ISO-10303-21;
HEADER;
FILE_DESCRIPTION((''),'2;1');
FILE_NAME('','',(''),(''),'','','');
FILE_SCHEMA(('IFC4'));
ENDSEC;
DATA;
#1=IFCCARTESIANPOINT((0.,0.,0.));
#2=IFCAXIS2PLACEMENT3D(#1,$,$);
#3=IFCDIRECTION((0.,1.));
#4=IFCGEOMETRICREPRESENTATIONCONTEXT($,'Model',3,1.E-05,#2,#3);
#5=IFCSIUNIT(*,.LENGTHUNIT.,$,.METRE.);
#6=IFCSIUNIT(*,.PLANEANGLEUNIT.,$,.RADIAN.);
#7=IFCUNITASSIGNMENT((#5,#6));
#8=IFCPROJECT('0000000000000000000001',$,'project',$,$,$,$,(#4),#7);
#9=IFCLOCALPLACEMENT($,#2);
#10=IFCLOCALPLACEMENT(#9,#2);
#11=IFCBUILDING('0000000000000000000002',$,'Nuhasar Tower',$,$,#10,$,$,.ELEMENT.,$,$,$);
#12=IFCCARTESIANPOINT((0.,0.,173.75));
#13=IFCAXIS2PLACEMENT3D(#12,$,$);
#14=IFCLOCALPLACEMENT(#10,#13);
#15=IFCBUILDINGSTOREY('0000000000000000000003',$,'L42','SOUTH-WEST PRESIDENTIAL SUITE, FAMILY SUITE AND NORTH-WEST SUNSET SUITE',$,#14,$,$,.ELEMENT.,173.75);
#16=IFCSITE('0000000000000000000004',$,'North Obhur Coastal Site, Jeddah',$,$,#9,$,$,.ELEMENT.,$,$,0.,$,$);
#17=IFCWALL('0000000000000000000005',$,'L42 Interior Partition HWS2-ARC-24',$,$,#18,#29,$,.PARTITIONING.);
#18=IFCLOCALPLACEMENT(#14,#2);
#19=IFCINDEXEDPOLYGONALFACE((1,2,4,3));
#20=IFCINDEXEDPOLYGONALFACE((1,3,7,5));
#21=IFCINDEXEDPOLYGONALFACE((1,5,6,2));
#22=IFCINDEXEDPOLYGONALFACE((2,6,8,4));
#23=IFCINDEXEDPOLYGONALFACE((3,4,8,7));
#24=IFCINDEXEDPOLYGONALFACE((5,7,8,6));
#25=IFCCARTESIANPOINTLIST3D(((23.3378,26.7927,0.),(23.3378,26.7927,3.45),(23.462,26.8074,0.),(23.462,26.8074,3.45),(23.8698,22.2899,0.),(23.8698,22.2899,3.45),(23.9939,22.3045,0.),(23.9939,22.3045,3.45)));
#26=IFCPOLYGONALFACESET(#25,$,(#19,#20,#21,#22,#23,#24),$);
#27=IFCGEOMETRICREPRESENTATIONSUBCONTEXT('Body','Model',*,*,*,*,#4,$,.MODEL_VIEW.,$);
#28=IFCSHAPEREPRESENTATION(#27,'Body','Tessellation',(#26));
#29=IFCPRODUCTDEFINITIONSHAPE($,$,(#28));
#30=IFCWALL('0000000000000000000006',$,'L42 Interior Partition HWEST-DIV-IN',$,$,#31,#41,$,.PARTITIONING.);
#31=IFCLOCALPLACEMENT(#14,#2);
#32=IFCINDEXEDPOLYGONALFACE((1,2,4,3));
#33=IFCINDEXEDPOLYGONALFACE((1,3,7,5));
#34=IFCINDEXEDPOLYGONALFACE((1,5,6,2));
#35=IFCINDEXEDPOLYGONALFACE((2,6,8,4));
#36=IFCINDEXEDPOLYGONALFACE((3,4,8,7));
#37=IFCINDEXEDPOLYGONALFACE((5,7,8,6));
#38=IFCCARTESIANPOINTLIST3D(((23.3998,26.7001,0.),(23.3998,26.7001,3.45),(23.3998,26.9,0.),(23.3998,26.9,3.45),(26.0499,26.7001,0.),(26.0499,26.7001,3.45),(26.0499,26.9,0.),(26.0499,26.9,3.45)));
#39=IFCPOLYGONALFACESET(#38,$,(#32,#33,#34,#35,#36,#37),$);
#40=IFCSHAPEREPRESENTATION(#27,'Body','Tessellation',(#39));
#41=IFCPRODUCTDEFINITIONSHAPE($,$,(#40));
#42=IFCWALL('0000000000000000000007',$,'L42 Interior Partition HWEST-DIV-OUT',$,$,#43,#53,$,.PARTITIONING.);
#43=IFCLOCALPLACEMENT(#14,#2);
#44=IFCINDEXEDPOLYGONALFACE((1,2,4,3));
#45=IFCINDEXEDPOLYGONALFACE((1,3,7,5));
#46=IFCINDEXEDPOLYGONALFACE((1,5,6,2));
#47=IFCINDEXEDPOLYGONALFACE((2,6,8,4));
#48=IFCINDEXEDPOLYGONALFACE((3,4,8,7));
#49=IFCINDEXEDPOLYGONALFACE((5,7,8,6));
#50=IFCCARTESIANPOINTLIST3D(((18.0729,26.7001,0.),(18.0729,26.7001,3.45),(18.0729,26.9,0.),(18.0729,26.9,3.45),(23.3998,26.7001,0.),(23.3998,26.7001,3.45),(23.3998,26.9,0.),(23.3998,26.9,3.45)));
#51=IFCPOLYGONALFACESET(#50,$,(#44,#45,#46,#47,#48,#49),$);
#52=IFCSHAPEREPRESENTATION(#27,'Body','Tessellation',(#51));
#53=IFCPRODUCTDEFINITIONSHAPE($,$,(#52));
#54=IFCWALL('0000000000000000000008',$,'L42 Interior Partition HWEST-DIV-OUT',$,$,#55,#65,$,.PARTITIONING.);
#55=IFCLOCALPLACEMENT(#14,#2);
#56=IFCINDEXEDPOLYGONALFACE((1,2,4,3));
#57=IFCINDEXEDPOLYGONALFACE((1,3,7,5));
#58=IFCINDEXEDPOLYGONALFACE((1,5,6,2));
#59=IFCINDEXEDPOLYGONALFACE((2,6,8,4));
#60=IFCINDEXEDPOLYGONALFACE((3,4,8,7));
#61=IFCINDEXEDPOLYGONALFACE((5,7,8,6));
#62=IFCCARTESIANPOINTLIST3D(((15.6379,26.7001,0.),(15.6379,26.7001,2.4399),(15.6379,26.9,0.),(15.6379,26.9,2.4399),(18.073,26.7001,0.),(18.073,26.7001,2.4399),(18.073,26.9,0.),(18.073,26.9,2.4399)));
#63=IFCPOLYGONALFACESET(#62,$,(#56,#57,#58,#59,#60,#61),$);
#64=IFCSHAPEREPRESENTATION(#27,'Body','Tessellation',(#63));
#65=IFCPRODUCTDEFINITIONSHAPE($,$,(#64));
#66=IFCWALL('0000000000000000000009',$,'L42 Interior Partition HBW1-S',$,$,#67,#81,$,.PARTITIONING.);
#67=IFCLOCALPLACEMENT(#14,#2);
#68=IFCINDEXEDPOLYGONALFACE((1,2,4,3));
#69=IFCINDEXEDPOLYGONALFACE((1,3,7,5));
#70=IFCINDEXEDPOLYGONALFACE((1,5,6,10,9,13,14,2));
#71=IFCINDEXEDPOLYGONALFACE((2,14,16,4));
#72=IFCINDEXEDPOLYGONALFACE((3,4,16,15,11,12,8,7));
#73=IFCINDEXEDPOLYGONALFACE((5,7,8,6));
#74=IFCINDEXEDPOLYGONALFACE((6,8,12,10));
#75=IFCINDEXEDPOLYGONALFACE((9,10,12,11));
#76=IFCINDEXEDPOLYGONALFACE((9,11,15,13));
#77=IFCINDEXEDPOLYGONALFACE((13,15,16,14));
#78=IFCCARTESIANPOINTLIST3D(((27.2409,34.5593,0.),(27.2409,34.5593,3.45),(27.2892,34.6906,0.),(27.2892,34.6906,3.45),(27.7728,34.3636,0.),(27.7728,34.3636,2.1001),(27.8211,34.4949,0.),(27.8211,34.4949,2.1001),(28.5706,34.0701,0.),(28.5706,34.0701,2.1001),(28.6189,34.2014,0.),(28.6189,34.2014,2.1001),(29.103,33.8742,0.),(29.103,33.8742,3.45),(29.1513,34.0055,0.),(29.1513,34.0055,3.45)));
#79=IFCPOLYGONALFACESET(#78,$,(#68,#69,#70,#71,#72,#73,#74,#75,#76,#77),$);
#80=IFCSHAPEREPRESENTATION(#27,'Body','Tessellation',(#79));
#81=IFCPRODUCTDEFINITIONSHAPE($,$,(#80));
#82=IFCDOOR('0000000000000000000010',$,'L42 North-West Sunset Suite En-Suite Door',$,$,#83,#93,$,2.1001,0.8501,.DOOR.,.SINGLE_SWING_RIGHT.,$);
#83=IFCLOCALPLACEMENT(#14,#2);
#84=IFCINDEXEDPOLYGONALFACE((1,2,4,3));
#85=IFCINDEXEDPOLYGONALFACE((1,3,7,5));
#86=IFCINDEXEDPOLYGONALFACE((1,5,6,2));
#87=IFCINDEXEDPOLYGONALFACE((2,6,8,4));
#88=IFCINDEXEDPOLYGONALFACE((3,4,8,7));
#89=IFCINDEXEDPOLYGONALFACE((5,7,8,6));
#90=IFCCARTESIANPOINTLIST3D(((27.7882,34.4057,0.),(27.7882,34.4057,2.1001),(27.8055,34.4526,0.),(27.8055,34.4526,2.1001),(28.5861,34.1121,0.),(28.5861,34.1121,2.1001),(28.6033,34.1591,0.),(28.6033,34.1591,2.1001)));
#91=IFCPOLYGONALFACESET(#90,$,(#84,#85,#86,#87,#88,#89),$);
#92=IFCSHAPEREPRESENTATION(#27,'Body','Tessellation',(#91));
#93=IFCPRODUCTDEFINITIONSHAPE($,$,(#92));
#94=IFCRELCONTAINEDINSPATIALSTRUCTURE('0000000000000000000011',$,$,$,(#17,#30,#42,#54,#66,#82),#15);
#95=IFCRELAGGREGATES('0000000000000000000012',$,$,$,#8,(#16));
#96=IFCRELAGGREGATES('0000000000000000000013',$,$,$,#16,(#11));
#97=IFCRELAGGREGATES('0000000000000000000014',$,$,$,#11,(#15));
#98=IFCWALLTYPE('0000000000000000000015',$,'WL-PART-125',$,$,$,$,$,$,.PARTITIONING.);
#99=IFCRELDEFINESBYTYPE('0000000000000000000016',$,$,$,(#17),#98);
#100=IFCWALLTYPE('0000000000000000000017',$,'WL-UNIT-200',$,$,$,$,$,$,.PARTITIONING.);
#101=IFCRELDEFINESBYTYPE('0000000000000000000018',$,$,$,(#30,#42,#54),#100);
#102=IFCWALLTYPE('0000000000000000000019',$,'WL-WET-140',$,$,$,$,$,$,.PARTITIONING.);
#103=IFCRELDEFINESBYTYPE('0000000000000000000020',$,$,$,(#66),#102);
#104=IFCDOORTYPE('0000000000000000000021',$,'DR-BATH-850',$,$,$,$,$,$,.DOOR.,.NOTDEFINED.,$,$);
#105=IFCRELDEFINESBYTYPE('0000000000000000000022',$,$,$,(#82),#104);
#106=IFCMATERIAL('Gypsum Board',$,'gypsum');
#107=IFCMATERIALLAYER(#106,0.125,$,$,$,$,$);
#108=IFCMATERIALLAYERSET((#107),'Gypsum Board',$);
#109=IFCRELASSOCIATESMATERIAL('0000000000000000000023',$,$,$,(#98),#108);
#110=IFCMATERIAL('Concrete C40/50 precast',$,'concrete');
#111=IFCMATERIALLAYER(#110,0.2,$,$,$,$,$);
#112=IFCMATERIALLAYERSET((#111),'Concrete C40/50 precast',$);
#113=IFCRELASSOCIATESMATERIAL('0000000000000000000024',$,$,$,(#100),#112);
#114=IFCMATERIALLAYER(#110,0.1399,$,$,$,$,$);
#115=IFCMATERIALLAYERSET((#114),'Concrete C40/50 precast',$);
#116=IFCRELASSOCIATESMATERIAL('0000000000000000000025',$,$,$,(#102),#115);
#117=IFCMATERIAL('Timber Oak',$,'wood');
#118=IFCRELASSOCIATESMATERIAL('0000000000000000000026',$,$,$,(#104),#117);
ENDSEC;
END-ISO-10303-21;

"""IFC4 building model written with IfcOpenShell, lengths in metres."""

from ifc_helpers import new_model, si_unit, direction, frame, frame_2d, origin, place, context, subcontext, project, spatial, rectangle, extrude, material, layer, layer_set, type_object, element, fill, save


model = new_model("IFC4")

# Units and contexts
model_context = context("Model", 3, precision=1e-05, world=origin(), true_north=direction((0.0, 1.0)))
body_context = subcontext(model_context, "Body", "Model", "MODEL_VIEW")
ifc_project = project(units=[si_unit("LENGTHUNIT", "METRE"), si_unit("PLANEANGLEUNIT", "RADIAN")], contexts=[model_context])

# Site, building, storey
site_placement = place(None, origin())
site = spatial("IfcSite", under=ifc_project, at=site_placement, Name="North Obhur Coastal Site, Jeddah", CompositionType="ELEMENT", RefElevation=0.0)
building_placement = place(site_placement, origin())
building = spatial("IfcBuilding", under=site, at=building_placement, Name="Nuhasar Tower", CompositionType="ELEMENT")
storey_placement = place(building_placement, frame((0.0, 0.0, 173.75)))
storey = spatial("IfcBuildingStorey", under=building, at=storey_placement, Name="L42", Description="SOUTH-WEST PRESIDENTIAL SUITE, FAMILY SUITE AND NORTH-WEST SUNSET SUITE", CompositionType="ELEMENT", Elevation=173.75)

# Shared definitions
ifc_material_1 = material(Name="Gypsum Board", Category="gypsum")
ifc_material_2 = material(Name="Timber Oak", Category="wood")

# Shared definitions
ifc_layer_1 = layer(ifc_material_1, 0.125)
ifc_layer_set_1 = layer_set([ifc_layer_1], Name="Gypsum Board")
wall_type_1 = type_object("IfcWallType", Name="WL-PART-125", PredefinedType="PARTITIONING", material=ifc_layer_set_1)

# Walls
for number, where, z_axis, x_axis, name in (
    (1, (23.3999, 26.8, 0.0), (0.0, 0.0, 1.0), (0.117325, -0.993094, 0.0), "L42 Interior Partition HWS2-ARC-24"),
):
    element("IfcWall", number, at=place(storey_placement, frame(where, z_axis=z_axis, x_axis=x_axis)), inside=storey, type_object=wall_type_1, Name=name, PredefinedType="PARTITIONING", context=body_context, shape_type="SweptSolid", body=[
        extrude(rectangle(XDim=4.5342, YDim=0.125, at=frame_2d((2.2671, 0.0))), origin(), (0.0, 0.0, 1.0), 3.45),
    ])
ifc_material_3 = material(Name="Concrete C40/50 precast", Category="concrete")
ifc_layer_2 = layer(ifc_material_3, 0.2)
ifc_layer_set_2 = layer_set([ifc_layer_2], Name="Concrete C40/50 precast")
wall_type_2 = type_object("IfcWallType", Name="WL-UNIT-200", PredefinedType="PARTITIONING", material=ifc_layer_set_2)
wall_1_placement = place(storey_placement, frame((26.05, 26.8, 0.0), z_axis=(0.0, 0.0, 1.0), x_axis=(-1.0, 0.0, 0.0)))
element("IfcWall", 2, at=wall_1_placement, inside=storey, type_object=wall_type_2, Name="L42 Interior Partition HWEST-DIV-IN", PredefinedType="PARTITIONING", context=body_context, shape_type="SweptSolid", body=[
    extrude(rectangle(XDim=2.6501, YDim=0.2, at=frame_2d((1.3252, 0.0))), origin(), (0.0, 0.0, 1.0), 3.45),
])
wall_2_placement = place(storey_placement, frame((23.3999, 26.8, 0.0), z_axis=(0.0, 0.0, 1.0), x_axis=(-1.0, 0.0, 0.0)))
element("IfcWall", 3, at=wall_2_placement, inside=storey, type_object=wall_type_2, Name="L42 Interior Partition HWEST-DIV-OUT", PredefinedType="PARTITIONING", context=body_context, shape_type="SweptSolid", body=[
    extrude(rectangle(XDim=5.3269, YDim=0.2, at=frame_2d((2.6636, 0.0))), origin(), (0.0, 0.0, 1.0), 3.45),
])
wall_3_placement = place(storey_placement, frame((18.073, 26.8, 0.0), z_axis=(0.0, 0.0, 1.0), x_axis=(-1.0, 0.0, 0.0)))
element("IfcWall", 4, at=wall_3_placement, inside=storey, type_object=wall_type_2, Name="L42 Interior Partition HWEST-DIV-OUT", PredefinedType="PARTITIONING", context=body_context, shape_type="SweptSolid", body=[
    extrude(rectangle(XDim=2.4351, YDim=0.2, at=frame_2d((1.2175, 0.0))), origin(), (0.0, 0.0, 1.0), 2.4399),
])

# Wall, opening, door
ifc_layer_3 = layer(ifc_material_3, 0.1399)
ifc_layer_set_3 = layer_set([ifc_layer_3], Name="Concrete C40/50 precast")
wall_type_3 = type_object("IfcWallType", Name="WL-WET-140", PredefinedType="PARTITIONING", material=ifc_layer_set_3)
wall_4_placement = place(storey_placement, frame((27.2649, 34.625, 0.0), z_axis=(0.0, 0.0, 1.0), x_axis=(0.938501, -0.345278, 0.0)))
wall_4 = element("IfcWall", 5, at=wall_4_placement, inside=storey, type_object=wall_type_3, Name="L42 Interior Partition HBW1-S", PredefinedType="PARTITIONING", context=body_context, shape_type="SweptSolid", body=[
    extrude(rectangle(XDim=1.9841, YDim=0.1399, at=frame_2d((0.9922, 0.0))), origin(), (0.0, 0.0, 1.0), 3.45),
])
opening_1_placement = place(wall_4_placement, frame((0.5669, 0.0, 0.0)))
opening_1 = element("IfcOpeningElement", 6, at=opening_1_placement, cuts=wall_4, PredefinedType="OPENING", context=body_context, shape_type="SweptSolid", body=[
    extrude(rectangle(XDim=0.8501, YDim=2.1001, at=frame_2d((0.425, 1.05))), frame((0.0, 0.0801, 0.0), z_axis=(0.0, -1.0, 0.0), x_axis=(1.0, 0.0, 0.0)), (0.0, 0.0, 1.0), 0.1599),
])
door_type_1 = type_object("IfcDoorType", Name="DR-BATH-850", OperationType="NOTDEFINED", PredefinedType="DOOR", material=ifc_material_2)
door_1_placement = place(opening_1_placement, origin())
door_1 = element("IfcDoor", 7, at=door_1_placement, inside=storey, type_object=door_type_1, Name="L42 North-West Sunset Suite En-Suite Door", OperationType="SINGLE_SWING_RIGHT", OverallHeight=2.1001, OverallWidth=0.8501, PredefinedType="DOOR", context=body_context, shape_type="SweptSolid", body=[
    extrude(rectangle(XDim=0.8501, YDim=2.1001, at=frame_2d((0.425, 1.05))), frame((0.0, 0.0249, 0.0), z_axis=(0.0, -1.0, 0.0), x_axis=(1.0, 0.0, 0.0)), (0.0, 0.0, 1.0), 0.05),
])
fill(opening_1, door_1)

save(model, "model.ifc")
